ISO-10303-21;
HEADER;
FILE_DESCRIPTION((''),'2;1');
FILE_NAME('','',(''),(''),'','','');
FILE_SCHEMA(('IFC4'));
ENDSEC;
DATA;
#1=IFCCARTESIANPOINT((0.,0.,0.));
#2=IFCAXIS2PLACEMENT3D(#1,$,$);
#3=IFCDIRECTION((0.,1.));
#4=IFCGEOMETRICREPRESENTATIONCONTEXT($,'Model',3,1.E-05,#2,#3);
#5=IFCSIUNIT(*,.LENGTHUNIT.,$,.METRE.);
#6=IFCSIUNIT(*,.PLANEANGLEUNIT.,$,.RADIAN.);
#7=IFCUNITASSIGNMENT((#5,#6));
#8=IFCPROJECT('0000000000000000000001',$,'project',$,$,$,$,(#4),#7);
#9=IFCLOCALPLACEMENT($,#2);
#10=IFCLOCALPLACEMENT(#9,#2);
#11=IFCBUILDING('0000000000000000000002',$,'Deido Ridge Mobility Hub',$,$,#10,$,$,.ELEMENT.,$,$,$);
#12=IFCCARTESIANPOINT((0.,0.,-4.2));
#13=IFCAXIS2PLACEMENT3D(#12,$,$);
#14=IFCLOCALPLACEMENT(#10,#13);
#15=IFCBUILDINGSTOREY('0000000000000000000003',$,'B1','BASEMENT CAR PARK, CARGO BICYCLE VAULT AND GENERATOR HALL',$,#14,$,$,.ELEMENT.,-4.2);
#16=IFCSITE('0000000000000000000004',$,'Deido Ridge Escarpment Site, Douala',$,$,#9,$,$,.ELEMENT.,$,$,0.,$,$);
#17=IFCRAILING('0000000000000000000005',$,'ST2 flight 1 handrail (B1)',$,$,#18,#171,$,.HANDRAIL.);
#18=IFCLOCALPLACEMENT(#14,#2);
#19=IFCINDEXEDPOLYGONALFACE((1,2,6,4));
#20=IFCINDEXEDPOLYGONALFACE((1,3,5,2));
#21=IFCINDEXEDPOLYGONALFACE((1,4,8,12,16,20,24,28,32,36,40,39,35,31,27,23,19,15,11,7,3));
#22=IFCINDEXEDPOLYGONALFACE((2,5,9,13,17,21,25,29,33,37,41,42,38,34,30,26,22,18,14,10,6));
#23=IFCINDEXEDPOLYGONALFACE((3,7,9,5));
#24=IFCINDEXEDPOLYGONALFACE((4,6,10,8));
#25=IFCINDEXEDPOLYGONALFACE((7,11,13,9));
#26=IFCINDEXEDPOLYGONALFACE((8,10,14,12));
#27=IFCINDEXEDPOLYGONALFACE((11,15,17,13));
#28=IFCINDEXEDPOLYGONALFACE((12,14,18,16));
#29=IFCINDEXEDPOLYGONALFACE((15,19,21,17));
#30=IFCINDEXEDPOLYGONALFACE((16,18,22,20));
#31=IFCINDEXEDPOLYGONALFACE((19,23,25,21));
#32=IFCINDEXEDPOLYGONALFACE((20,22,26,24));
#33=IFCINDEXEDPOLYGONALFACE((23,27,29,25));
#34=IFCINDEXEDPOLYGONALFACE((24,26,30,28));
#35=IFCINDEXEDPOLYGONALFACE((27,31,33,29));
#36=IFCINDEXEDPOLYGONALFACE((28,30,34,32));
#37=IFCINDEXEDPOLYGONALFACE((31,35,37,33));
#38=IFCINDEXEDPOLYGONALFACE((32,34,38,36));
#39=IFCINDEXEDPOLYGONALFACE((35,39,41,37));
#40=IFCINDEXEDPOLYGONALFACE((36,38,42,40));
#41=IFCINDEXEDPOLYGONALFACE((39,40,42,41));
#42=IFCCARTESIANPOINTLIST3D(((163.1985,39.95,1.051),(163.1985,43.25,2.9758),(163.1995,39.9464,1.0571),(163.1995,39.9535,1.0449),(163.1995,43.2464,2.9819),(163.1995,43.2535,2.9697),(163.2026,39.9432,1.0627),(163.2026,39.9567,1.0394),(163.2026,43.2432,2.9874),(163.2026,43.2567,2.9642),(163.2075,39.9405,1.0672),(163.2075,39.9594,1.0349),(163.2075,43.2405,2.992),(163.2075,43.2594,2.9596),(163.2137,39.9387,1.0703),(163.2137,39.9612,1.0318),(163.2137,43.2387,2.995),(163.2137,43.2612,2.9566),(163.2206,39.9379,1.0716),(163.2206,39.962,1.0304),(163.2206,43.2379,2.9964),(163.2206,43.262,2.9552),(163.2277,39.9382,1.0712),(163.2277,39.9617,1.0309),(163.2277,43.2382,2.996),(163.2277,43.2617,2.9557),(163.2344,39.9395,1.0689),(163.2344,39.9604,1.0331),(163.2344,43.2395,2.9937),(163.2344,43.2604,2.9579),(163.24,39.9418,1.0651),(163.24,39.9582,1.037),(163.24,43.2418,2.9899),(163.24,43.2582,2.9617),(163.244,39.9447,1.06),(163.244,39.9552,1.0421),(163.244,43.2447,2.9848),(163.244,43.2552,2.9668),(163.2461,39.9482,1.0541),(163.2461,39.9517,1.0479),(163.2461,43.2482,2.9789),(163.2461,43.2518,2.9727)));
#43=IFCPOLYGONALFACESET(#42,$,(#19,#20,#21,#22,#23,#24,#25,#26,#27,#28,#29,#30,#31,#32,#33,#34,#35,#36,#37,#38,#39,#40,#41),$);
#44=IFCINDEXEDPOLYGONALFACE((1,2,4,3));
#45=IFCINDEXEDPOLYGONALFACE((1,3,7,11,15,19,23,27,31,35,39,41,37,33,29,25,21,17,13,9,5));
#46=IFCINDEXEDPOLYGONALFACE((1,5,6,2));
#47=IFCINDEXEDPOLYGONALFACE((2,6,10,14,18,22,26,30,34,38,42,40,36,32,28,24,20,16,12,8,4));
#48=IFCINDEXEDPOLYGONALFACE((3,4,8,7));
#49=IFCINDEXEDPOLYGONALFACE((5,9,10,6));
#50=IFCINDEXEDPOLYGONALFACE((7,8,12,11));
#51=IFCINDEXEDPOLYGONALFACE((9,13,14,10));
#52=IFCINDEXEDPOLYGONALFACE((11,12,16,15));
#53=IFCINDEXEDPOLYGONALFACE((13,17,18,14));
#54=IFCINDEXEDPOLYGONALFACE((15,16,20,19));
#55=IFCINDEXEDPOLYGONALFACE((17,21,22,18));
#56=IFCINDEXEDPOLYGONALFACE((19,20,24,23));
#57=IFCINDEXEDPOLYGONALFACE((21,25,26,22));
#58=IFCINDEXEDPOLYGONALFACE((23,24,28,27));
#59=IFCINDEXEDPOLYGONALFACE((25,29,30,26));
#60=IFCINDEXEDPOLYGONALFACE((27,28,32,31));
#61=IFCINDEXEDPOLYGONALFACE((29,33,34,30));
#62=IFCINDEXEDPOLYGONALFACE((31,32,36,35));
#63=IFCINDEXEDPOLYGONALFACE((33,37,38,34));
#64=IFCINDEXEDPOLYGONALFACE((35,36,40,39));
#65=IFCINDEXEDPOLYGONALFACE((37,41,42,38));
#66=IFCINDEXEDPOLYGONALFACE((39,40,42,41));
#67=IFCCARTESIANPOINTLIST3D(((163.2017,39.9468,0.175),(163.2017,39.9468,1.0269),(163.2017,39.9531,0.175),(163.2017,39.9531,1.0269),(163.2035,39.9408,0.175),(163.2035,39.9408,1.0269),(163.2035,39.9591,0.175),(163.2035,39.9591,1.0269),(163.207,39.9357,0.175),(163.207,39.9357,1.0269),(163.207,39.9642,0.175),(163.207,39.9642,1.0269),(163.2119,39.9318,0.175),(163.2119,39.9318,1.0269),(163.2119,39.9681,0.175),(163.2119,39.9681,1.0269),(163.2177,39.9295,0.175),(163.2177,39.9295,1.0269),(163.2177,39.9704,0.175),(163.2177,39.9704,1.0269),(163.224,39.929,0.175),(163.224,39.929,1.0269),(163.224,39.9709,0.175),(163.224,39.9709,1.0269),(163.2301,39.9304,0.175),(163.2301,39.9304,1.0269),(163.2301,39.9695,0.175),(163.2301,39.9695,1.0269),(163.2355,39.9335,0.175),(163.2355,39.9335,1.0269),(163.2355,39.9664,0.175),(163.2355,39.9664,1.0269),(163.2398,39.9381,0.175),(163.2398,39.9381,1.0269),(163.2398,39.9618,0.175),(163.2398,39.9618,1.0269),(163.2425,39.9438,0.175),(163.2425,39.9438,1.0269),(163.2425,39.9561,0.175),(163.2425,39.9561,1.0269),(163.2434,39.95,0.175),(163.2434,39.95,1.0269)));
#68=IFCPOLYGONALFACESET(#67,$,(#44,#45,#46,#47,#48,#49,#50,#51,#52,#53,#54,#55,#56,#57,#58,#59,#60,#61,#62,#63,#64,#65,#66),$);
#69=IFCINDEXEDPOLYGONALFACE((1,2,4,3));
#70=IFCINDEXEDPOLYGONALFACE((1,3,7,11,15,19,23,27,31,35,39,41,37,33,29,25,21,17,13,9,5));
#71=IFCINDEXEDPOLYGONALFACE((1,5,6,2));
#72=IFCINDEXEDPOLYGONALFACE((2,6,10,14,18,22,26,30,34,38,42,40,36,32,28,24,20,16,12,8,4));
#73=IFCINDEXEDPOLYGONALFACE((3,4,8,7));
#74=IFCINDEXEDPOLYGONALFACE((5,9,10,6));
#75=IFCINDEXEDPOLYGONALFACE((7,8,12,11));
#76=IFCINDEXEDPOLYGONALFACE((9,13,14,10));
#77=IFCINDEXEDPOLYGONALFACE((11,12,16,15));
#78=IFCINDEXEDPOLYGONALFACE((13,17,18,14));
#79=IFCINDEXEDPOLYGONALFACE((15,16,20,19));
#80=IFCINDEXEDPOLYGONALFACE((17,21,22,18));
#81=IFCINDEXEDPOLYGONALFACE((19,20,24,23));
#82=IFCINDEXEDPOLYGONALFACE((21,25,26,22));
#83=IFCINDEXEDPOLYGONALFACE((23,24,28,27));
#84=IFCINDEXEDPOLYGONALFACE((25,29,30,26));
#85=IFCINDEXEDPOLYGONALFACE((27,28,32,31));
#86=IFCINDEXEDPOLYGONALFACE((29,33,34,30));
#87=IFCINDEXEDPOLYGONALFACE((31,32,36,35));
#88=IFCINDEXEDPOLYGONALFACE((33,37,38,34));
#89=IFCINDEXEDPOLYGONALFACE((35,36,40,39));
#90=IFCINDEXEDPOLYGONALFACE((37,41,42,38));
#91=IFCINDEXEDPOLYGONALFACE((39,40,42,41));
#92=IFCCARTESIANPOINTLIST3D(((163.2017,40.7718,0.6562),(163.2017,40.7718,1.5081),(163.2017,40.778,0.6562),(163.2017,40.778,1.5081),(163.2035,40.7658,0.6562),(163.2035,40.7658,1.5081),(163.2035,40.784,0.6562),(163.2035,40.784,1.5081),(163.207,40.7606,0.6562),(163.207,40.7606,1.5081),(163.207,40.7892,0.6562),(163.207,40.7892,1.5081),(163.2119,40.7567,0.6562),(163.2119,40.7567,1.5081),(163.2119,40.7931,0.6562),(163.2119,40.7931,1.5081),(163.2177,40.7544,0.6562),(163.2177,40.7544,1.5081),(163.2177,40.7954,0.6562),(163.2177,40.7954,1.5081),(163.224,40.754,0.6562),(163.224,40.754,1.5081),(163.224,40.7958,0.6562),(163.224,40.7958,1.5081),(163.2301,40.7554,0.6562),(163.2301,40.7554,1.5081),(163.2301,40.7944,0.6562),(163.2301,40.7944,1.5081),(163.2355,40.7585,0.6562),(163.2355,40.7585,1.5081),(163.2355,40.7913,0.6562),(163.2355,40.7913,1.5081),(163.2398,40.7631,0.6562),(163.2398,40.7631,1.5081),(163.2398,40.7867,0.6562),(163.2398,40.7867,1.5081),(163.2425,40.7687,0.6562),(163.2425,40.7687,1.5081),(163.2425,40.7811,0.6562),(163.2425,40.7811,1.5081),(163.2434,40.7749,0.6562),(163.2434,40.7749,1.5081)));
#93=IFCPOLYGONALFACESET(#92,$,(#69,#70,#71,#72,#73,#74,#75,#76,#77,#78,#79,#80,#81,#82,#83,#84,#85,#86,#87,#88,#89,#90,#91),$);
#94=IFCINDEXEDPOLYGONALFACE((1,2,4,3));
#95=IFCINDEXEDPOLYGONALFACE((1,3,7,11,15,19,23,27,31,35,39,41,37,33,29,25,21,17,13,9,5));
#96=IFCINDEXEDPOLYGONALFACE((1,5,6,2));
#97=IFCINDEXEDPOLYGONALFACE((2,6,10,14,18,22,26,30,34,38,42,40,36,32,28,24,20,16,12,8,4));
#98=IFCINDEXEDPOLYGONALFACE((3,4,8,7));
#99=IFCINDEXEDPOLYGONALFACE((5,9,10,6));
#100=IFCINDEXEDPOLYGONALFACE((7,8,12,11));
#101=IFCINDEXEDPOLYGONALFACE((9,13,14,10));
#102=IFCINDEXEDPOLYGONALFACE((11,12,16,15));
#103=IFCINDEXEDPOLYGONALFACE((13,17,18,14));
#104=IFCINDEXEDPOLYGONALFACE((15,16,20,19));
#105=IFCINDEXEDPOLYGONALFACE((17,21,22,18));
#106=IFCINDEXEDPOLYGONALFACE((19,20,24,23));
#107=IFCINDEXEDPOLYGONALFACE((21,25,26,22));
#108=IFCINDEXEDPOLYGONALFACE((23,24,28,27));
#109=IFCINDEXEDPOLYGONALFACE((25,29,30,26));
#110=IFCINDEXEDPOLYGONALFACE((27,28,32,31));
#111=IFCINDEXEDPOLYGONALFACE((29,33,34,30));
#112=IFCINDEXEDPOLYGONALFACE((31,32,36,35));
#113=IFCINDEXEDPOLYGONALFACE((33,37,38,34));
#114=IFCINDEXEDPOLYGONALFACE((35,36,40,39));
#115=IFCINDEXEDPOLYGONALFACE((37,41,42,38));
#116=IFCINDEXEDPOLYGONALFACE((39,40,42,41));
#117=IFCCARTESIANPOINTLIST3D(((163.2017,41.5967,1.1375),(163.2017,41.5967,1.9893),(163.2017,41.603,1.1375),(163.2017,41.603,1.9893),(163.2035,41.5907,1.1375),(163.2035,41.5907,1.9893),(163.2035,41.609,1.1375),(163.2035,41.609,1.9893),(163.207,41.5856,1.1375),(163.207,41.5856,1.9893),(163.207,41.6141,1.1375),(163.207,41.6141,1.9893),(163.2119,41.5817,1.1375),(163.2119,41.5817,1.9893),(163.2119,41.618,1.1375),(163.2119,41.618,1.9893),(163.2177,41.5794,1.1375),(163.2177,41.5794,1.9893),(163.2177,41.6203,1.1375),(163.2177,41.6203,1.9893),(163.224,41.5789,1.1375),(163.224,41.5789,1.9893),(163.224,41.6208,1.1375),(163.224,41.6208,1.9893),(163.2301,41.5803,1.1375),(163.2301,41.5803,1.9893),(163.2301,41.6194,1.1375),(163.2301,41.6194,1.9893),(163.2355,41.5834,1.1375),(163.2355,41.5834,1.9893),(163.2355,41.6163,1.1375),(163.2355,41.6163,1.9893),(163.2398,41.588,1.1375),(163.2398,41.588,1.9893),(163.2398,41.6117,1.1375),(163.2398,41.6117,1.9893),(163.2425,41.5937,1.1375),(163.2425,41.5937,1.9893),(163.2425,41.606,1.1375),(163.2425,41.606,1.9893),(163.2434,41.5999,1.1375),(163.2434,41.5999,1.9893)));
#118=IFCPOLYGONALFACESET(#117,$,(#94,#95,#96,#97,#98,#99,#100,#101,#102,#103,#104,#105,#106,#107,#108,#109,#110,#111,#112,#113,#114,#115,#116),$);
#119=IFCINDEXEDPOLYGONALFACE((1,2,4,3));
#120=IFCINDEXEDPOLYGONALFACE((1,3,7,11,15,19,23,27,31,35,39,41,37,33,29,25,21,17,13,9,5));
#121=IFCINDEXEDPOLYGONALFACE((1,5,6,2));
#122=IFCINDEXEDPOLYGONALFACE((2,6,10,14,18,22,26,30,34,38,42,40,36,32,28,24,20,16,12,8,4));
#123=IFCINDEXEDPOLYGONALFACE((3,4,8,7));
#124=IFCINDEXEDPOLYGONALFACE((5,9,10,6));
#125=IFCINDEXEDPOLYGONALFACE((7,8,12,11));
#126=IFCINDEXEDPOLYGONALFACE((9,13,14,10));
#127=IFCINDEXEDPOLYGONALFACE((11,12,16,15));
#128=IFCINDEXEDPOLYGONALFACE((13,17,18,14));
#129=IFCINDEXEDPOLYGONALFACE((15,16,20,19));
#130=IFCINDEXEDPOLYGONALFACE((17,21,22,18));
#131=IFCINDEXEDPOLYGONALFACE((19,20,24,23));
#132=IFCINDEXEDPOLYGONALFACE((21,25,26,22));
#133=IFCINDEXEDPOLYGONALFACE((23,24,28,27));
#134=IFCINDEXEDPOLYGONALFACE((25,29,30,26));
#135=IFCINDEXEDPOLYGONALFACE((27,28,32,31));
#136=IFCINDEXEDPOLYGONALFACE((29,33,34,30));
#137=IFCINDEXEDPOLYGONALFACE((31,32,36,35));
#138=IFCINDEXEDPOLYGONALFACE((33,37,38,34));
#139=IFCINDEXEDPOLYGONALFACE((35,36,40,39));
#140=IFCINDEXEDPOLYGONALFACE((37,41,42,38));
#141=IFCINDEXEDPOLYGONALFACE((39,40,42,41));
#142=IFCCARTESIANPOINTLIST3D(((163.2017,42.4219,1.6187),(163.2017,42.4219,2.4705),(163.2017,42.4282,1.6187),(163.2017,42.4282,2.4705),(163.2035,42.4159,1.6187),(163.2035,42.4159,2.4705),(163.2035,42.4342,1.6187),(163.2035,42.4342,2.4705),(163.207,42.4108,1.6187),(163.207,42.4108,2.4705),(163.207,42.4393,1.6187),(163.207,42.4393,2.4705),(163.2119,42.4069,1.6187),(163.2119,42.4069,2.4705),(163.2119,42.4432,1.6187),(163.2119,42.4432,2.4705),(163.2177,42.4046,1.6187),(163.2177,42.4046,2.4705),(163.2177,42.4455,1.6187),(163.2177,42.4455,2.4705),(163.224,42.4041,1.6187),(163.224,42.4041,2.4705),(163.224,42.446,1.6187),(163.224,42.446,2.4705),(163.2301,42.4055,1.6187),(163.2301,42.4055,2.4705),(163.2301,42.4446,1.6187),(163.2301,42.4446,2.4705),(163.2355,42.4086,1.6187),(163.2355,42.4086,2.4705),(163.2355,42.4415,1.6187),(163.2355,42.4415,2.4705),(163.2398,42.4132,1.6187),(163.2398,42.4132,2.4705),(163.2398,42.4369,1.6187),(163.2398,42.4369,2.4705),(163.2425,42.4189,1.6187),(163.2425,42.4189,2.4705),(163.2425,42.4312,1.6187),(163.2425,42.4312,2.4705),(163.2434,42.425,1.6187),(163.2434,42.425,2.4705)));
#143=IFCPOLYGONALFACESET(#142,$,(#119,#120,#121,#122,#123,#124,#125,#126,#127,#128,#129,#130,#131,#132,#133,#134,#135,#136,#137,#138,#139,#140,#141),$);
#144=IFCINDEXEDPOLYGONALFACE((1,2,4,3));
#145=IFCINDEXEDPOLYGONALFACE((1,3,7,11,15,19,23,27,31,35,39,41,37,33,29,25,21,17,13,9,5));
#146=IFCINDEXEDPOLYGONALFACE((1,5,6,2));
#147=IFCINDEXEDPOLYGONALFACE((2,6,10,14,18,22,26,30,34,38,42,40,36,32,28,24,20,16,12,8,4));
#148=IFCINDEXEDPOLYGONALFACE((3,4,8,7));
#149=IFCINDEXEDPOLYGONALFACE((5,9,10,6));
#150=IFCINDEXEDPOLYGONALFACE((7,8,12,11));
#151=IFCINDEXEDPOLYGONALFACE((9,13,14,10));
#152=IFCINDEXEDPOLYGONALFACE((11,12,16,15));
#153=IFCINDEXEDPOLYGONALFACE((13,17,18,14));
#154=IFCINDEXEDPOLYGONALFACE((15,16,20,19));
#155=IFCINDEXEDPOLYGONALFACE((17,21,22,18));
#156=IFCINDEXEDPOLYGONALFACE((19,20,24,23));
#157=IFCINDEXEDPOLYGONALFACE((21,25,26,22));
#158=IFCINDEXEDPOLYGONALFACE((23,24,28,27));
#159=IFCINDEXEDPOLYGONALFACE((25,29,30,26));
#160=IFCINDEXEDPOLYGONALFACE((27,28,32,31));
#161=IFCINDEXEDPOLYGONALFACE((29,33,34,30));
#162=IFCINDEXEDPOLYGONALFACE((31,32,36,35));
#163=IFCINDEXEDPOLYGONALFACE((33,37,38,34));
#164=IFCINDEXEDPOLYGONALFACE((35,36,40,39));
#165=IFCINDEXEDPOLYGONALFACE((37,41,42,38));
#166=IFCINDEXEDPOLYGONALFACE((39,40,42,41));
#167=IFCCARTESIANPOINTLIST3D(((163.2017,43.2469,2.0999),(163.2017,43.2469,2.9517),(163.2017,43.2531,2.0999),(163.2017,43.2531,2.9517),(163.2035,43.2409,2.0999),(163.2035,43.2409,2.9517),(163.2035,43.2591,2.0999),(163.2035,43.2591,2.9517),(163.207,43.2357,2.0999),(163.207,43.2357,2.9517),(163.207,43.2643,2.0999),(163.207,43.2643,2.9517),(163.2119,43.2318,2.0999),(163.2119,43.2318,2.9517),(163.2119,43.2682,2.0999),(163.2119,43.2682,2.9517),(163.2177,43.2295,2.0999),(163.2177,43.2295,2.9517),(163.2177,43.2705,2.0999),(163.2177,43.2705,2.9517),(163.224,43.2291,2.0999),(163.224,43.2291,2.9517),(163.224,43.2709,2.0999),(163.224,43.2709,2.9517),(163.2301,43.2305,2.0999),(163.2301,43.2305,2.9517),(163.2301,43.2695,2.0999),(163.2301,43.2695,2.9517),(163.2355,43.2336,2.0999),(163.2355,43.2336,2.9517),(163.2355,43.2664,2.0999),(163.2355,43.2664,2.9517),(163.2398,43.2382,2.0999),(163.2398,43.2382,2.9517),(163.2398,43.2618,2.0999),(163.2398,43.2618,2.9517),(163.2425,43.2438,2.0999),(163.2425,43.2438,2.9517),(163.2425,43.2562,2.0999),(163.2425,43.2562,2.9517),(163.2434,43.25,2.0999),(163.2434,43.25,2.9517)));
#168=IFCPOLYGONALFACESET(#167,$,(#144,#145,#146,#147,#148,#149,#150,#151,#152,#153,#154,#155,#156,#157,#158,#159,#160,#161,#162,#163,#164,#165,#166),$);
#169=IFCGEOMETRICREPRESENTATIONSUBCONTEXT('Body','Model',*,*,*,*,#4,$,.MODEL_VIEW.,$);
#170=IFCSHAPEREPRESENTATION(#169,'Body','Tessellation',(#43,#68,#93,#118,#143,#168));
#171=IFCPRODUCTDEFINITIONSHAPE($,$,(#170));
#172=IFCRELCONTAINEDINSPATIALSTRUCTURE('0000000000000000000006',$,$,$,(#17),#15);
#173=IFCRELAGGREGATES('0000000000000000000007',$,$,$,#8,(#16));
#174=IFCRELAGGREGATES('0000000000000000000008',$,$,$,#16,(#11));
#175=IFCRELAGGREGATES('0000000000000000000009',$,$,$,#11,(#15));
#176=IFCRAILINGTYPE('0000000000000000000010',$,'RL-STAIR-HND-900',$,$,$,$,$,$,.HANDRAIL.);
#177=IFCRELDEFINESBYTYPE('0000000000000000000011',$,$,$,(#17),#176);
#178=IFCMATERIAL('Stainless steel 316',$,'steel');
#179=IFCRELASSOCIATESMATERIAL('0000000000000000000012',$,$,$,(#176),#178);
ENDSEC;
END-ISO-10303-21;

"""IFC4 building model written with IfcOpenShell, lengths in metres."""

from ifc_helpers import new_model, si_unit, direction, frame, origin, origin_2d, place, context, subcontext, project, spatial, circle, extrude, material, type_object, element, save


model = new_model("IFC4")

# Units and contexts
model_context = context("Model", 3, precision=1e-05, world=origin(), true_north=direction((0.0, 1.0)))
body_context = subcontext(model_context, "Body", "Model", "MODEL_VIEW")
ifc_project = project(units=[si_unit("LENGTHUNIT", "METRE"), si_unit("PLANEANGLEUNIT", "RADIAN")], contexts=[model_context])

# Site, building, storey
site_placement = place(None, origin())
site = spatial("IfcSite", under=ifc_project, at=site_placement, Name="Deido Ridge Escarpment Site, Douala", CompositionType="ELEMENT", RefElevation=0.0)
building_placement = place(site_placement, origin())
building = spatial("IfcBuilding", under=site, at=building_placement, Name="Deido Ridge Mobility Hub", CompositionType="ELEMENT")
storey_placement = place(building_placement, frame((0.0, 0.0, -4.2)))
storey = spatial("IfcBuildingStorey", under=building, at=storey_placement, Name="B1", Description="BASEMENT CAR PARK, CARGO BICYCLE VAULT AND GENERATOR HALL", CompositionType="ELEMENT", Elevation=-4.2)

# Shared definitions
ifc_material_1 = material(Name="Stainless steel 316", Category="steel")

# Railing
railing_type_1 = type_object("IfcRailingType", Name="RL-STAIR-HND-900", PredefinedType="HANDRAIL", material=ifc_material_1)
railing_1_placement = place(storey_placement, frame((163.2224, 39.95, 0.175)))
element("IfcRailing", 1, at=railing_1_placement, inside=storey, type_object=railing_type_1, Name="ST2 flight 1 handrail (B1)", PredefinedType="HANDRAIL", context=body_context, shape_type="SweptSolid", body=[
    extrude(circle(Radius=0.0239, at=origin_2d()), frame((0.0, 0.0, 0.876), z_axis=(0.0, 0.863804, 0.503827), x_axis=(-1.0, 0.0, 0.0)), (0.0, 0.0, 1.0), 3.8203),
    extrude(circle(Radius=0.021, at=origin_2d()), origin(), (0.0, 0.0, 1.0), 0.8518),
    extrude(circle(Radius=0.021, at=origin_2d()), frame((0.0, 0.825, 0.4812)), (0.0, 0.0, 1.0), 0.8518),
    extrude(circle(Radius=0.021, at=origin_2d()), frame((0.0, 1.6499, 0.9624)), (0.0, 0.0, 1.0), 0.8518),
    extrude(circle(Radius=0.021, at=origin_2d()), frame((0.0, 2.4751, 1.4436)), (0.0, 0.0, 1.0), 0.8518),
    extrude(circle(Radius=0.021, at=origin_2d()), frame((0.0, 3.3, 1.9248)), (0.0, 0.0, 1.0), 0.8518),
])

save(model, "model.ifc")
